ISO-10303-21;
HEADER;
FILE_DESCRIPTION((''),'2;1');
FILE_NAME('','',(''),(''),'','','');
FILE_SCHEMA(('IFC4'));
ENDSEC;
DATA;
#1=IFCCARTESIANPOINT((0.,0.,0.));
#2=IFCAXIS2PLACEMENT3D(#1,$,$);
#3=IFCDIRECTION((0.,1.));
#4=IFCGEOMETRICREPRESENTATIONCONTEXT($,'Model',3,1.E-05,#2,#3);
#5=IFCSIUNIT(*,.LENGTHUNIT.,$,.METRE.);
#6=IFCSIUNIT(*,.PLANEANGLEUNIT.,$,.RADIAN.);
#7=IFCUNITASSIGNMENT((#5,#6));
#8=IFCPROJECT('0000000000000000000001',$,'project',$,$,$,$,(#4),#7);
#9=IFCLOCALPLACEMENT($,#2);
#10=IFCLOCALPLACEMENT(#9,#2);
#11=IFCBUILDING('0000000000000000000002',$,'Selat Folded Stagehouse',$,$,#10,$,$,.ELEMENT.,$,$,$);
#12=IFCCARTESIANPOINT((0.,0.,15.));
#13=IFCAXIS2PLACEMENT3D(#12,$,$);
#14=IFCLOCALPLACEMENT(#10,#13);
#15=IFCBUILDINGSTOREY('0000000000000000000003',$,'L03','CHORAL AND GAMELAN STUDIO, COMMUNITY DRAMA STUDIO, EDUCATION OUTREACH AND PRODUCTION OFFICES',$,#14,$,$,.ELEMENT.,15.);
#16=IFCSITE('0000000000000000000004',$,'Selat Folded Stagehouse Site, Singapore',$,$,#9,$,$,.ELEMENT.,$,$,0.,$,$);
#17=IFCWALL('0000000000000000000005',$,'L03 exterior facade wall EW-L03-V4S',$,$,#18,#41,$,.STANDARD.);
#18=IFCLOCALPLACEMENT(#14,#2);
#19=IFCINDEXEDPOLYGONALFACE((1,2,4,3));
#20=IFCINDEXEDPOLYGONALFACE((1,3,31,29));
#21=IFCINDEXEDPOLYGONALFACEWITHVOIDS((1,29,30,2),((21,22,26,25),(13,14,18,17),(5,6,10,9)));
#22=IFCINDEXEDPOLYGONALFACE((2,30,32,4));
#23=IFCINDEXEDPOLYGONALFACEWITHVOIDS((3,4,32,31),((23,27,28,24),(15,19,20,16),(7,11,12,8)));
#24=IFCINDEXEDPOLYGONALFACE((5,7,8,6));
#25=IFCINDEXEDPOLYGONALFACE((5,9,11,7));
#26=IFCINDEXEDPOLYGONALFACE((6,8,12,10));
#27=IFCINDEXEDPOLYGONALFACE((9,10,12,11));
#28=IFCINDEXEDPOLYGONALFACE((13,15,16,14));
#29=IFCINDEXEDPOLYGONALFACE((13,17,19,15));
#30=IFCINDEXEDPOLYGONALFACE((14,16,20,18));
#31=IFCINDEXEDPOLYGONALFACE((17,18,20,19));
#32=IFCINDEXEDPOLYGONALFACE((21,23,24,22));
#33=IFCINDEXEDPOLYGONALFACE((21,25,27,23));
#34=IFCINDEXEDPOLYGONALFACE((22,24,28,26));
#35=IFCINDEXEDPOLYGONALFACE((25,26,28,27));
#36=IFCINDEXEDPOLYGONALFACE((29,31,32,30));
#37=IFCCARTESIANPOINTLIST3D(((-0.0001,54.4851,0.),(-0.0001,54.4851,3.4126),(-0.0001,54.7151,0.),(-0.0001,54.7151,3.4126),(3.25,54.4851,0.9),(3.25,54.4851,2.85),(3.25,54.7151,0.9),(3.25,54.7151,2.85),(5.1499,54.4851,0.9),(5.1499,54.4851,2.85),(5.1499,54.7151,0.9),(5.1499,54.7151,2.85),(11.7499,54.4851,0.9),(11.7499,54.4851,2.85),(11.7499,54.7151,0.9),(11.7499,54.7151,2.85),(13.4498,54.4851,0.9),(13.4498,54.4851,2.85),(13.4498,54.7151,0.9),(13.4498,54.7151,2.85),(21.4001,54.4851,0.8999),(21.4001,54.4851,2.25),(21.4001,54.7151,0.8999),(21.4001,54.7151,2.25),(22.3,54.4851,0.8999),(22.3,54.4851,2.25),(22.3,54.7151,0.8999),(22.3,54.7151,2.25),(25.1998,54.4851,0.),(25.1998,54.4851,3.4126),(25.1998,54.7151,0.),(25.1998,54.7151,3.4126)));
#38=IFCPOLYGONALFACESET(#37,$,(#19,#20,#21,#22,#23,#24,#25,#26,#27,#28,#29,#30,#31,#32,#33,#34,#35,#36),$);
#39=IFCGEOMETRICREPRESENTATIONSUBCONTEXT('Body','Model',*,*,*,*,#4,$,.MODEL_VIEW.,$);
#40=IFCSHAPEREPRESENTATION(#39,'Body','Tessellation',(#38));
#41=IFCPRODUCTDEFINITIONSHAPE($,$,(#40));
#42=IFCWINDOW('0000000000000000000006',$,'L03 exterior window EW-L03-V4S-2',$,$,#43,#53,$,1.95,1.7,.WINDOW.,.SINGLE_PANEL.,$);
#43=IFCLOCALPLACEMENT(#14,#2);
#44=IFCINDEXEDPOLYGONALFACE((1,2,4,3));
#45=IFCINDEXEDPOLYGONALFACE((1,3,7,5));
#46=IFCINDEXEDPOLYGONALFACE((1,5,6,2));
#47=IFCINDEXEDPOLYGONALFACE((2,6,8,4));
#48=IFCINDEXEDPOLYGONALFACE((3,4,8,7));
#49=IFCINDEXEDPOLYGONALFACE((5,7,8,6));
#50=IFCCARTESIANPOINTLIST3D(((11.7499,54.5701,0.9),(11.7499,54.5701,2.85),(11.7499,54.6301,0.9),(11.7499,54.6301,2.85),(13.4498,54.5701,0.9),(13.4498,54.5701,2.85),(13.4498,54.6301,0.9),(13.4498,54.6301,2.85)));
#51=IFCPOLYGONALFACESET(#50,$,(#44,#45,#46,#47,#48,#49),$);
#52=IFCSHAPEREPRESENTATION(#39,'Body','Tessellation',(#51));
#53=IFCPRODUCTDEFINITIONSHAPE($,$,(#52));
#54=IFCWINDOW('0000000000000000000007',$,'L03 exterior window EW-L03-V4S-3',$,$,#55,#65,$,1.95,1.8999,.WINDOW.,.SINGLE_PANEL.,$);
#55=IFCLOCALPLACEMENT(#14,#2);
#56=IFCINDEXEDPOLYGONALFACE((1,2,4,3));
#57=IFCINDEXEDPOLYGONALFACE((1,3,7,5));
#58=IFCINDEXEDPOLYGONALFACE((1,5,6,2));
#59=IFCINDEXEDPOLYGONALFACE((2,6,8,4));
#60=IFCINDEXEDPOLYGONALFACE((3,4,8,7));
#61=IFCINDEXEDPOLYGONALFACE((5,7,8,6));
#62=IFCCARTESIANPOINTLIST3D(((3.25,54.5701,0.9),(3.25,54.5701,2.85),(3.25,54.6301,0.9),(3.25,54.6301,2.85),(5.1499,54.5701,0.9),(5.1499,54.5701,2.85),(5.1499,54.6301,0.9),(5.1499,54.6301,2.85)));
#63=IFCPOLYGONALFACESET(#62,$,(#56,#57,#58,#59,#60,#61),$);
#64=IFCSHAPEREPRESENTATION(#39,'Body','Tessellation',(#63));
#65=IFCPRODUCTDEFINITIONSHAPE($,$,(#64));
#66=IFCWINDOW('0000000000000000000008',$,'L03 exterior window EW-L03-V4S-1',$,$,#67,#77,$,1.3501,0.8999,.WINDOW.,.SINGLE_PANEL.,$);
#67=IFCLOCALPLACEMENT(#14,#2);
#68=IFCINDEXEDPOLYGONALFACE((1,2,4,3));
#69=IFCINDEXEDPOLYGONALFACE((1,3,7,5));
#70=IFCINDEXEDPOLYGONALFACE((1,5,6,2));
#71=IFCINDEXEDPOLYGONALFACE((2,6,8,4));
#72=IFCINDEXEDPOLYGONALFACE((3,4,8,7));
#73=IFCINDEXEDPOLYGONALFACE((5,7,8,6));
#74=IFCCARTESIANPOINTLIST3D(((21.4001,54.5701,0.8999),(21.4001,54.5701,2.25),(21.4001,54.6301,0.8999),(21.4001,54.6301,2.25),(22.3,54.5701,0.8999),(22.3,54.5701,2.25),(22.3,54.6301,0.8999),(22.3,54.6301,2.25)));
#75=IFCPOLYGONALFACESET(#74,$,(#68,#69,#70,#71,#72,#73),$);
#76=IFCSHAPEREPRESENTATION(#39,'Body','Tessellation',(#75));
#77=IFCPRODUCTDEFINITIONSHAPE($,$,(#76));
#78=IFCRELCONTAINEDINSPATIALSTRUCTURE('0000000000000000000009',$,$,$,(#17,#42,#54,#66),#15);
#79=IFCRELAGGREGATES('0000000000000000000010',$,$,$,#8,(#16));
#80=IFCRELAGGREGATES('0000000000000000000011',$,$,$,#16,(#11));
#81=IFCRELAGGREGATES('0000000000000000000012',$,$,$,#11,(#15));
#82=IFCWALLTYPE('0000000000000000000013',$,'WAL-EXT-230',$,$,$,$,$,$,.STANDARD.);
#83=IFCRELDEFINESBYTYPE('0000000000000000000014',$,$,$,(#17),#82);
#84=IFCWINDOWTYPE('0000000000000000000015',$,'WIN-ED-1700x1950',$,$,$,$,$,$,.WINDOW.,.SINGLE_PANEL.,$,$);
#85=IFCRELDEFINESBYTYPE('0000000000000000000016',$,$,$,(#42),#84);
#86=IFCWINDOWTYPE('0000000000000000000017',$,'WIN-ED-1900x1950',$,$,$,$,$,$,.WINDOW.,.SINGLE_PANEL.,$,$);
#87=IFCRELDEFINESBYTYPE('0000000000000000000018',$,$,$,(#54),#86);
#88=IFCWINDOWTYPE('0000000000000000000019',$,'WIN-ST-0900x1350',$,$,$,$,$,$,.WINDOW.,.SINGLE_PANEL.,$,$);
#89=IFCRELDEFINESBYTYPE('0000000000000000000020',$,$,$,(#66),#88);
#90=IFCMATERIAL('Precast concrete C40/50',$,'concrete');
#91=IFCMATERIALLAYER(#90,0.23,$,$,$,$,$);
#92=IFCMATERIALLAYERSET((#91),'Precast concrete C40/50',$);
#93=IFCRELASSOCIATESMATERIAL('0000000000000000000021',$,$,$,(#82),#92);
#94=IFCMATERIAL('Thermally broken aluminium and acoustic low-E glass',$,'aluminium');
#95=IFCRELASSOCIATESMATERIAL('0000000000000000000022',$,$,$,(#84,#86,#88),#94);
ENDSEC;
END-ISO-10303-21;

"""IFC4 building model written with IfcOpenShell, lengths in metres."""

from ifc_helpers import new_model, si_unit, direction, frame, frame_2d, origin, place, context, subcontext, project, spatial, rectangle, extrude, material, layer, layer_set, type_object, element, fill, save


model = new_model("IFC4")

# Units and contexts
model_context = context("Model", 3, precision=1e-05, world=origin(), true_north=direction((0.0, 1.0)))
body_context = subcontext(model_context, "Body", "Model", "MODEL_VIEW")
ifc_project = project(units=[si_unit("LENGTHUNIT", "METRE"), si_unit("PLANEANGLEUNIT", "RADIAN")], contexts=[model_context])

# Site, building, storey
site_placement = place(None, origin())
site = spatial("IfcSite", under=ifc_project, at=site_placement, Name="Selat Folded Stagehouse Site, Singapore", CompositionType="ELEMENT", RefElevation=0.0)
building_placement = place(site_placement, origin())
building = spatial("IfcBuilding", under=site, at=building_placement, Name="Selat Folded Stagehouse", CompositionType="ELEMENT")
storey_placement = place(building_placement, frame((0.0, 0.0, 15.0)))
storey = spatial("IfcBuildingStorey", under=building, at=storey_placement, Name="L03", Description="CHORAL AND GAMELAN STUDIO, COMMUNITY DRAMA STUDIO, EDUCATION OUTREACH AND PRODUCTION OFFICES", CompositionType="ELEMENT", Elevation=15.0)

# Wall, openings, windows
ifc_material_1 = material(Name="Precast concrete C40/50", Category="concrete")
ifc_layer_1 = layer(ifc_material_1, 0.23)
ifc_layer_set_1 = layer_set([ifc_layer_1], Name="Precast concrete C40/50")
wall_type = type_object("IfcWallType", Name="WAL-EXT-230", PredefinedType="STANDARD", material=ifc_layer_set_1)
wall_placement = place(storey_placement, frame((25.2, 54.6001, 0.0), z_axis=(0.0, 0.0, 1.0), x_axis=(-1.0, 0.0, 0.0)))
wall = element("IfcWall", 1, at=wall_placement, inside=storey, type_object=wall_type, Name="L03 exterior facade wall EW-L03-V4S", PredefinedType="STANDARD", context=body_context, shape_type="SweptSolid", body=[
    extrude(rectangle(XDim=25.2, YDim=0.23, at=frame_2d((12.6001, 0.0))), origin(), (0.0, 0.0, 1.0), 3.4126),
])
opening_1_placement = place(wall_placement, frame((2.8999, 0.0, 0.8999)))
opening_1 = element("IfcOpeningElement", 2, at=opening_1_placement, cuts=wall, PredefinedType="OPENING", context=body_context, shape_type="SweptSolid", body=[
    extrude(rectangle(XDim=0.8999, YDim=1.3501, at=frame_2d((0.45, 0.675))), frame((0.0, 0.125, 0.0), z_axis=(0.0, -1.0, 0.0), x_axis=(1.0, 0.0, 0.0)), (0.0, 0.0, 1.0), 0.25),
])
opening_2_placement = place(wall_placement, frame((11.75, 0.0, 0.8999)))
opening_2 = element("IfcOpeningElement", 3, at=opening_2_placement, cuts=wall, PredefinedType="OPENING", context=body_context, shape_type="SweptSolid", body=[
    extrude(rectangle(XDim=1.7, YDim=1.95, at=frame_2d((0.8501, 0.9751))), frame((0.0, 0.125, 0.0), z_axis=(0.0, -1.0, 0.0), x_axis=(1.0, 0.0, 0.0)), (0.0, 0.0, 1.0), 0.25),
])
opening_3_placement = place(wall_placement, frame((20.05, 0.0, 0.8999)))
opening_3 = element("IfcOpeningElement", 4, at=opening_3_placement, cuts=wall, PredefinedType="OPENING", context=body_context, shape_type="SweptSolid", body=[
    extrude(rectangle(XDim=1.8999, YDim=1.95, at=frame_2d((0.95, 0.9751))), frame((0.0, 0.125, 0.0), z_axis=(0.0, -1.0, 0.0), x_axis=(1.0, 0.0, 0.0)), (0.0, 0.0, 1.0), 0.25),
])
ifc_material_2 = material(Name="Thermally broken aluminium and acoustic low-E glass", Category="aluminium")
window_type_1 = type_object("IfcWindowType", Name="WIN-ED-1700x1950", PartitioningType="SINGLE_PANEL", PredefinedType="WINDOW", material=ifc_material_2)
window_1_placement = place(opening_2_placement, origin())
window_1 = element("IfcWindow", 5, at=window_1_placement, inside=storey, type_object=window_type_1, Name="L03 exterior window EW-L03-V4S-2", OverallHeight=1.95, OverallWidth=1.7, PartitioningType="SINGLE_PANEL", PredefinedType="WINDOW", context=body_context, shape_type="SweptSolid", body=[
    extrude(rectangle(XDim=1.7, YDim=1.95, at=frame_2d((0.8501, 0.9751))), frame((0.0, 0.03, 0.0), z_axis=(0.0, -1.0, 0.0), x_axis=(1.0, 0.0, 0.0)), (0.0, 0.0, 1.0), 0.0601),
])
fill(opening_2, window_1)
window_type_2 = type_object("IfcWindowType", Name="WIN-ED-1900x1950", PartitioningType="SINGLE_PANEL", PredefinedType="WINDOW", material=ifc_material_2)
window_2_placement = place(opening_3_placement, origin())
window_2 = element("IfcWindow", 6, at=window_2_placement, inside=storey, type_object=window_type_2, Name="L03 exterior window EW-L03-V4S-3", OverallHeight=1.95, OverallWidth=1.8999, PartitioningType="SINGLE_PANEL", PredefinedType="WINDOW", context=body_context, shape_type="SweptSolid", body=[
    extrude(rectangle(XDim=1.8999, YDim=1.95, at=frame_2d((0.95, 0.9751))), frame((0.0, 0.03, 0.0), z_axis=(0.0, -1.0, 0.0), x_axis=(1.0, 0.0, 0.0)), (0.0, 0.0, 1.0), 0.0601),
])
fill(opening_3, window_2)
window_type_3 = type_object("IfcWindowType", Name="WIN-ST-0900x1350", PartitioningType="SINGLE_PANEL", PredefinedType="WINDOW", material=ifc_material_2)
window_3_placement = place(opening_1_placement, origin())
window_3 = element("IfcWindow", 7, at=window_3_placement, inside=storey, type_object=window_type_3, Name="L03 exterior window EW-L03-V4S-1", OverallHeight=1.3501, OverallWidth=0.8999, PartitioningType="SINGLE_PANEL", PredefinedType="WINDOW", context=body_context, shape_type="SweptSolid", body=[
    extrude(rectangle(XDim=0.8999, YDim=1.3501, at=frame_2d((0.45, 0.675))), frame((0.0, 0.03, 0.0), z_axis=(0.0, -1.0, 0.0), x_axis=(1.0, 0.0, 0.0)), (0.0, 0.0, 1.0), 0.0601),
])
fill(opening_1, window_3)

save(model, "model.ifc")
